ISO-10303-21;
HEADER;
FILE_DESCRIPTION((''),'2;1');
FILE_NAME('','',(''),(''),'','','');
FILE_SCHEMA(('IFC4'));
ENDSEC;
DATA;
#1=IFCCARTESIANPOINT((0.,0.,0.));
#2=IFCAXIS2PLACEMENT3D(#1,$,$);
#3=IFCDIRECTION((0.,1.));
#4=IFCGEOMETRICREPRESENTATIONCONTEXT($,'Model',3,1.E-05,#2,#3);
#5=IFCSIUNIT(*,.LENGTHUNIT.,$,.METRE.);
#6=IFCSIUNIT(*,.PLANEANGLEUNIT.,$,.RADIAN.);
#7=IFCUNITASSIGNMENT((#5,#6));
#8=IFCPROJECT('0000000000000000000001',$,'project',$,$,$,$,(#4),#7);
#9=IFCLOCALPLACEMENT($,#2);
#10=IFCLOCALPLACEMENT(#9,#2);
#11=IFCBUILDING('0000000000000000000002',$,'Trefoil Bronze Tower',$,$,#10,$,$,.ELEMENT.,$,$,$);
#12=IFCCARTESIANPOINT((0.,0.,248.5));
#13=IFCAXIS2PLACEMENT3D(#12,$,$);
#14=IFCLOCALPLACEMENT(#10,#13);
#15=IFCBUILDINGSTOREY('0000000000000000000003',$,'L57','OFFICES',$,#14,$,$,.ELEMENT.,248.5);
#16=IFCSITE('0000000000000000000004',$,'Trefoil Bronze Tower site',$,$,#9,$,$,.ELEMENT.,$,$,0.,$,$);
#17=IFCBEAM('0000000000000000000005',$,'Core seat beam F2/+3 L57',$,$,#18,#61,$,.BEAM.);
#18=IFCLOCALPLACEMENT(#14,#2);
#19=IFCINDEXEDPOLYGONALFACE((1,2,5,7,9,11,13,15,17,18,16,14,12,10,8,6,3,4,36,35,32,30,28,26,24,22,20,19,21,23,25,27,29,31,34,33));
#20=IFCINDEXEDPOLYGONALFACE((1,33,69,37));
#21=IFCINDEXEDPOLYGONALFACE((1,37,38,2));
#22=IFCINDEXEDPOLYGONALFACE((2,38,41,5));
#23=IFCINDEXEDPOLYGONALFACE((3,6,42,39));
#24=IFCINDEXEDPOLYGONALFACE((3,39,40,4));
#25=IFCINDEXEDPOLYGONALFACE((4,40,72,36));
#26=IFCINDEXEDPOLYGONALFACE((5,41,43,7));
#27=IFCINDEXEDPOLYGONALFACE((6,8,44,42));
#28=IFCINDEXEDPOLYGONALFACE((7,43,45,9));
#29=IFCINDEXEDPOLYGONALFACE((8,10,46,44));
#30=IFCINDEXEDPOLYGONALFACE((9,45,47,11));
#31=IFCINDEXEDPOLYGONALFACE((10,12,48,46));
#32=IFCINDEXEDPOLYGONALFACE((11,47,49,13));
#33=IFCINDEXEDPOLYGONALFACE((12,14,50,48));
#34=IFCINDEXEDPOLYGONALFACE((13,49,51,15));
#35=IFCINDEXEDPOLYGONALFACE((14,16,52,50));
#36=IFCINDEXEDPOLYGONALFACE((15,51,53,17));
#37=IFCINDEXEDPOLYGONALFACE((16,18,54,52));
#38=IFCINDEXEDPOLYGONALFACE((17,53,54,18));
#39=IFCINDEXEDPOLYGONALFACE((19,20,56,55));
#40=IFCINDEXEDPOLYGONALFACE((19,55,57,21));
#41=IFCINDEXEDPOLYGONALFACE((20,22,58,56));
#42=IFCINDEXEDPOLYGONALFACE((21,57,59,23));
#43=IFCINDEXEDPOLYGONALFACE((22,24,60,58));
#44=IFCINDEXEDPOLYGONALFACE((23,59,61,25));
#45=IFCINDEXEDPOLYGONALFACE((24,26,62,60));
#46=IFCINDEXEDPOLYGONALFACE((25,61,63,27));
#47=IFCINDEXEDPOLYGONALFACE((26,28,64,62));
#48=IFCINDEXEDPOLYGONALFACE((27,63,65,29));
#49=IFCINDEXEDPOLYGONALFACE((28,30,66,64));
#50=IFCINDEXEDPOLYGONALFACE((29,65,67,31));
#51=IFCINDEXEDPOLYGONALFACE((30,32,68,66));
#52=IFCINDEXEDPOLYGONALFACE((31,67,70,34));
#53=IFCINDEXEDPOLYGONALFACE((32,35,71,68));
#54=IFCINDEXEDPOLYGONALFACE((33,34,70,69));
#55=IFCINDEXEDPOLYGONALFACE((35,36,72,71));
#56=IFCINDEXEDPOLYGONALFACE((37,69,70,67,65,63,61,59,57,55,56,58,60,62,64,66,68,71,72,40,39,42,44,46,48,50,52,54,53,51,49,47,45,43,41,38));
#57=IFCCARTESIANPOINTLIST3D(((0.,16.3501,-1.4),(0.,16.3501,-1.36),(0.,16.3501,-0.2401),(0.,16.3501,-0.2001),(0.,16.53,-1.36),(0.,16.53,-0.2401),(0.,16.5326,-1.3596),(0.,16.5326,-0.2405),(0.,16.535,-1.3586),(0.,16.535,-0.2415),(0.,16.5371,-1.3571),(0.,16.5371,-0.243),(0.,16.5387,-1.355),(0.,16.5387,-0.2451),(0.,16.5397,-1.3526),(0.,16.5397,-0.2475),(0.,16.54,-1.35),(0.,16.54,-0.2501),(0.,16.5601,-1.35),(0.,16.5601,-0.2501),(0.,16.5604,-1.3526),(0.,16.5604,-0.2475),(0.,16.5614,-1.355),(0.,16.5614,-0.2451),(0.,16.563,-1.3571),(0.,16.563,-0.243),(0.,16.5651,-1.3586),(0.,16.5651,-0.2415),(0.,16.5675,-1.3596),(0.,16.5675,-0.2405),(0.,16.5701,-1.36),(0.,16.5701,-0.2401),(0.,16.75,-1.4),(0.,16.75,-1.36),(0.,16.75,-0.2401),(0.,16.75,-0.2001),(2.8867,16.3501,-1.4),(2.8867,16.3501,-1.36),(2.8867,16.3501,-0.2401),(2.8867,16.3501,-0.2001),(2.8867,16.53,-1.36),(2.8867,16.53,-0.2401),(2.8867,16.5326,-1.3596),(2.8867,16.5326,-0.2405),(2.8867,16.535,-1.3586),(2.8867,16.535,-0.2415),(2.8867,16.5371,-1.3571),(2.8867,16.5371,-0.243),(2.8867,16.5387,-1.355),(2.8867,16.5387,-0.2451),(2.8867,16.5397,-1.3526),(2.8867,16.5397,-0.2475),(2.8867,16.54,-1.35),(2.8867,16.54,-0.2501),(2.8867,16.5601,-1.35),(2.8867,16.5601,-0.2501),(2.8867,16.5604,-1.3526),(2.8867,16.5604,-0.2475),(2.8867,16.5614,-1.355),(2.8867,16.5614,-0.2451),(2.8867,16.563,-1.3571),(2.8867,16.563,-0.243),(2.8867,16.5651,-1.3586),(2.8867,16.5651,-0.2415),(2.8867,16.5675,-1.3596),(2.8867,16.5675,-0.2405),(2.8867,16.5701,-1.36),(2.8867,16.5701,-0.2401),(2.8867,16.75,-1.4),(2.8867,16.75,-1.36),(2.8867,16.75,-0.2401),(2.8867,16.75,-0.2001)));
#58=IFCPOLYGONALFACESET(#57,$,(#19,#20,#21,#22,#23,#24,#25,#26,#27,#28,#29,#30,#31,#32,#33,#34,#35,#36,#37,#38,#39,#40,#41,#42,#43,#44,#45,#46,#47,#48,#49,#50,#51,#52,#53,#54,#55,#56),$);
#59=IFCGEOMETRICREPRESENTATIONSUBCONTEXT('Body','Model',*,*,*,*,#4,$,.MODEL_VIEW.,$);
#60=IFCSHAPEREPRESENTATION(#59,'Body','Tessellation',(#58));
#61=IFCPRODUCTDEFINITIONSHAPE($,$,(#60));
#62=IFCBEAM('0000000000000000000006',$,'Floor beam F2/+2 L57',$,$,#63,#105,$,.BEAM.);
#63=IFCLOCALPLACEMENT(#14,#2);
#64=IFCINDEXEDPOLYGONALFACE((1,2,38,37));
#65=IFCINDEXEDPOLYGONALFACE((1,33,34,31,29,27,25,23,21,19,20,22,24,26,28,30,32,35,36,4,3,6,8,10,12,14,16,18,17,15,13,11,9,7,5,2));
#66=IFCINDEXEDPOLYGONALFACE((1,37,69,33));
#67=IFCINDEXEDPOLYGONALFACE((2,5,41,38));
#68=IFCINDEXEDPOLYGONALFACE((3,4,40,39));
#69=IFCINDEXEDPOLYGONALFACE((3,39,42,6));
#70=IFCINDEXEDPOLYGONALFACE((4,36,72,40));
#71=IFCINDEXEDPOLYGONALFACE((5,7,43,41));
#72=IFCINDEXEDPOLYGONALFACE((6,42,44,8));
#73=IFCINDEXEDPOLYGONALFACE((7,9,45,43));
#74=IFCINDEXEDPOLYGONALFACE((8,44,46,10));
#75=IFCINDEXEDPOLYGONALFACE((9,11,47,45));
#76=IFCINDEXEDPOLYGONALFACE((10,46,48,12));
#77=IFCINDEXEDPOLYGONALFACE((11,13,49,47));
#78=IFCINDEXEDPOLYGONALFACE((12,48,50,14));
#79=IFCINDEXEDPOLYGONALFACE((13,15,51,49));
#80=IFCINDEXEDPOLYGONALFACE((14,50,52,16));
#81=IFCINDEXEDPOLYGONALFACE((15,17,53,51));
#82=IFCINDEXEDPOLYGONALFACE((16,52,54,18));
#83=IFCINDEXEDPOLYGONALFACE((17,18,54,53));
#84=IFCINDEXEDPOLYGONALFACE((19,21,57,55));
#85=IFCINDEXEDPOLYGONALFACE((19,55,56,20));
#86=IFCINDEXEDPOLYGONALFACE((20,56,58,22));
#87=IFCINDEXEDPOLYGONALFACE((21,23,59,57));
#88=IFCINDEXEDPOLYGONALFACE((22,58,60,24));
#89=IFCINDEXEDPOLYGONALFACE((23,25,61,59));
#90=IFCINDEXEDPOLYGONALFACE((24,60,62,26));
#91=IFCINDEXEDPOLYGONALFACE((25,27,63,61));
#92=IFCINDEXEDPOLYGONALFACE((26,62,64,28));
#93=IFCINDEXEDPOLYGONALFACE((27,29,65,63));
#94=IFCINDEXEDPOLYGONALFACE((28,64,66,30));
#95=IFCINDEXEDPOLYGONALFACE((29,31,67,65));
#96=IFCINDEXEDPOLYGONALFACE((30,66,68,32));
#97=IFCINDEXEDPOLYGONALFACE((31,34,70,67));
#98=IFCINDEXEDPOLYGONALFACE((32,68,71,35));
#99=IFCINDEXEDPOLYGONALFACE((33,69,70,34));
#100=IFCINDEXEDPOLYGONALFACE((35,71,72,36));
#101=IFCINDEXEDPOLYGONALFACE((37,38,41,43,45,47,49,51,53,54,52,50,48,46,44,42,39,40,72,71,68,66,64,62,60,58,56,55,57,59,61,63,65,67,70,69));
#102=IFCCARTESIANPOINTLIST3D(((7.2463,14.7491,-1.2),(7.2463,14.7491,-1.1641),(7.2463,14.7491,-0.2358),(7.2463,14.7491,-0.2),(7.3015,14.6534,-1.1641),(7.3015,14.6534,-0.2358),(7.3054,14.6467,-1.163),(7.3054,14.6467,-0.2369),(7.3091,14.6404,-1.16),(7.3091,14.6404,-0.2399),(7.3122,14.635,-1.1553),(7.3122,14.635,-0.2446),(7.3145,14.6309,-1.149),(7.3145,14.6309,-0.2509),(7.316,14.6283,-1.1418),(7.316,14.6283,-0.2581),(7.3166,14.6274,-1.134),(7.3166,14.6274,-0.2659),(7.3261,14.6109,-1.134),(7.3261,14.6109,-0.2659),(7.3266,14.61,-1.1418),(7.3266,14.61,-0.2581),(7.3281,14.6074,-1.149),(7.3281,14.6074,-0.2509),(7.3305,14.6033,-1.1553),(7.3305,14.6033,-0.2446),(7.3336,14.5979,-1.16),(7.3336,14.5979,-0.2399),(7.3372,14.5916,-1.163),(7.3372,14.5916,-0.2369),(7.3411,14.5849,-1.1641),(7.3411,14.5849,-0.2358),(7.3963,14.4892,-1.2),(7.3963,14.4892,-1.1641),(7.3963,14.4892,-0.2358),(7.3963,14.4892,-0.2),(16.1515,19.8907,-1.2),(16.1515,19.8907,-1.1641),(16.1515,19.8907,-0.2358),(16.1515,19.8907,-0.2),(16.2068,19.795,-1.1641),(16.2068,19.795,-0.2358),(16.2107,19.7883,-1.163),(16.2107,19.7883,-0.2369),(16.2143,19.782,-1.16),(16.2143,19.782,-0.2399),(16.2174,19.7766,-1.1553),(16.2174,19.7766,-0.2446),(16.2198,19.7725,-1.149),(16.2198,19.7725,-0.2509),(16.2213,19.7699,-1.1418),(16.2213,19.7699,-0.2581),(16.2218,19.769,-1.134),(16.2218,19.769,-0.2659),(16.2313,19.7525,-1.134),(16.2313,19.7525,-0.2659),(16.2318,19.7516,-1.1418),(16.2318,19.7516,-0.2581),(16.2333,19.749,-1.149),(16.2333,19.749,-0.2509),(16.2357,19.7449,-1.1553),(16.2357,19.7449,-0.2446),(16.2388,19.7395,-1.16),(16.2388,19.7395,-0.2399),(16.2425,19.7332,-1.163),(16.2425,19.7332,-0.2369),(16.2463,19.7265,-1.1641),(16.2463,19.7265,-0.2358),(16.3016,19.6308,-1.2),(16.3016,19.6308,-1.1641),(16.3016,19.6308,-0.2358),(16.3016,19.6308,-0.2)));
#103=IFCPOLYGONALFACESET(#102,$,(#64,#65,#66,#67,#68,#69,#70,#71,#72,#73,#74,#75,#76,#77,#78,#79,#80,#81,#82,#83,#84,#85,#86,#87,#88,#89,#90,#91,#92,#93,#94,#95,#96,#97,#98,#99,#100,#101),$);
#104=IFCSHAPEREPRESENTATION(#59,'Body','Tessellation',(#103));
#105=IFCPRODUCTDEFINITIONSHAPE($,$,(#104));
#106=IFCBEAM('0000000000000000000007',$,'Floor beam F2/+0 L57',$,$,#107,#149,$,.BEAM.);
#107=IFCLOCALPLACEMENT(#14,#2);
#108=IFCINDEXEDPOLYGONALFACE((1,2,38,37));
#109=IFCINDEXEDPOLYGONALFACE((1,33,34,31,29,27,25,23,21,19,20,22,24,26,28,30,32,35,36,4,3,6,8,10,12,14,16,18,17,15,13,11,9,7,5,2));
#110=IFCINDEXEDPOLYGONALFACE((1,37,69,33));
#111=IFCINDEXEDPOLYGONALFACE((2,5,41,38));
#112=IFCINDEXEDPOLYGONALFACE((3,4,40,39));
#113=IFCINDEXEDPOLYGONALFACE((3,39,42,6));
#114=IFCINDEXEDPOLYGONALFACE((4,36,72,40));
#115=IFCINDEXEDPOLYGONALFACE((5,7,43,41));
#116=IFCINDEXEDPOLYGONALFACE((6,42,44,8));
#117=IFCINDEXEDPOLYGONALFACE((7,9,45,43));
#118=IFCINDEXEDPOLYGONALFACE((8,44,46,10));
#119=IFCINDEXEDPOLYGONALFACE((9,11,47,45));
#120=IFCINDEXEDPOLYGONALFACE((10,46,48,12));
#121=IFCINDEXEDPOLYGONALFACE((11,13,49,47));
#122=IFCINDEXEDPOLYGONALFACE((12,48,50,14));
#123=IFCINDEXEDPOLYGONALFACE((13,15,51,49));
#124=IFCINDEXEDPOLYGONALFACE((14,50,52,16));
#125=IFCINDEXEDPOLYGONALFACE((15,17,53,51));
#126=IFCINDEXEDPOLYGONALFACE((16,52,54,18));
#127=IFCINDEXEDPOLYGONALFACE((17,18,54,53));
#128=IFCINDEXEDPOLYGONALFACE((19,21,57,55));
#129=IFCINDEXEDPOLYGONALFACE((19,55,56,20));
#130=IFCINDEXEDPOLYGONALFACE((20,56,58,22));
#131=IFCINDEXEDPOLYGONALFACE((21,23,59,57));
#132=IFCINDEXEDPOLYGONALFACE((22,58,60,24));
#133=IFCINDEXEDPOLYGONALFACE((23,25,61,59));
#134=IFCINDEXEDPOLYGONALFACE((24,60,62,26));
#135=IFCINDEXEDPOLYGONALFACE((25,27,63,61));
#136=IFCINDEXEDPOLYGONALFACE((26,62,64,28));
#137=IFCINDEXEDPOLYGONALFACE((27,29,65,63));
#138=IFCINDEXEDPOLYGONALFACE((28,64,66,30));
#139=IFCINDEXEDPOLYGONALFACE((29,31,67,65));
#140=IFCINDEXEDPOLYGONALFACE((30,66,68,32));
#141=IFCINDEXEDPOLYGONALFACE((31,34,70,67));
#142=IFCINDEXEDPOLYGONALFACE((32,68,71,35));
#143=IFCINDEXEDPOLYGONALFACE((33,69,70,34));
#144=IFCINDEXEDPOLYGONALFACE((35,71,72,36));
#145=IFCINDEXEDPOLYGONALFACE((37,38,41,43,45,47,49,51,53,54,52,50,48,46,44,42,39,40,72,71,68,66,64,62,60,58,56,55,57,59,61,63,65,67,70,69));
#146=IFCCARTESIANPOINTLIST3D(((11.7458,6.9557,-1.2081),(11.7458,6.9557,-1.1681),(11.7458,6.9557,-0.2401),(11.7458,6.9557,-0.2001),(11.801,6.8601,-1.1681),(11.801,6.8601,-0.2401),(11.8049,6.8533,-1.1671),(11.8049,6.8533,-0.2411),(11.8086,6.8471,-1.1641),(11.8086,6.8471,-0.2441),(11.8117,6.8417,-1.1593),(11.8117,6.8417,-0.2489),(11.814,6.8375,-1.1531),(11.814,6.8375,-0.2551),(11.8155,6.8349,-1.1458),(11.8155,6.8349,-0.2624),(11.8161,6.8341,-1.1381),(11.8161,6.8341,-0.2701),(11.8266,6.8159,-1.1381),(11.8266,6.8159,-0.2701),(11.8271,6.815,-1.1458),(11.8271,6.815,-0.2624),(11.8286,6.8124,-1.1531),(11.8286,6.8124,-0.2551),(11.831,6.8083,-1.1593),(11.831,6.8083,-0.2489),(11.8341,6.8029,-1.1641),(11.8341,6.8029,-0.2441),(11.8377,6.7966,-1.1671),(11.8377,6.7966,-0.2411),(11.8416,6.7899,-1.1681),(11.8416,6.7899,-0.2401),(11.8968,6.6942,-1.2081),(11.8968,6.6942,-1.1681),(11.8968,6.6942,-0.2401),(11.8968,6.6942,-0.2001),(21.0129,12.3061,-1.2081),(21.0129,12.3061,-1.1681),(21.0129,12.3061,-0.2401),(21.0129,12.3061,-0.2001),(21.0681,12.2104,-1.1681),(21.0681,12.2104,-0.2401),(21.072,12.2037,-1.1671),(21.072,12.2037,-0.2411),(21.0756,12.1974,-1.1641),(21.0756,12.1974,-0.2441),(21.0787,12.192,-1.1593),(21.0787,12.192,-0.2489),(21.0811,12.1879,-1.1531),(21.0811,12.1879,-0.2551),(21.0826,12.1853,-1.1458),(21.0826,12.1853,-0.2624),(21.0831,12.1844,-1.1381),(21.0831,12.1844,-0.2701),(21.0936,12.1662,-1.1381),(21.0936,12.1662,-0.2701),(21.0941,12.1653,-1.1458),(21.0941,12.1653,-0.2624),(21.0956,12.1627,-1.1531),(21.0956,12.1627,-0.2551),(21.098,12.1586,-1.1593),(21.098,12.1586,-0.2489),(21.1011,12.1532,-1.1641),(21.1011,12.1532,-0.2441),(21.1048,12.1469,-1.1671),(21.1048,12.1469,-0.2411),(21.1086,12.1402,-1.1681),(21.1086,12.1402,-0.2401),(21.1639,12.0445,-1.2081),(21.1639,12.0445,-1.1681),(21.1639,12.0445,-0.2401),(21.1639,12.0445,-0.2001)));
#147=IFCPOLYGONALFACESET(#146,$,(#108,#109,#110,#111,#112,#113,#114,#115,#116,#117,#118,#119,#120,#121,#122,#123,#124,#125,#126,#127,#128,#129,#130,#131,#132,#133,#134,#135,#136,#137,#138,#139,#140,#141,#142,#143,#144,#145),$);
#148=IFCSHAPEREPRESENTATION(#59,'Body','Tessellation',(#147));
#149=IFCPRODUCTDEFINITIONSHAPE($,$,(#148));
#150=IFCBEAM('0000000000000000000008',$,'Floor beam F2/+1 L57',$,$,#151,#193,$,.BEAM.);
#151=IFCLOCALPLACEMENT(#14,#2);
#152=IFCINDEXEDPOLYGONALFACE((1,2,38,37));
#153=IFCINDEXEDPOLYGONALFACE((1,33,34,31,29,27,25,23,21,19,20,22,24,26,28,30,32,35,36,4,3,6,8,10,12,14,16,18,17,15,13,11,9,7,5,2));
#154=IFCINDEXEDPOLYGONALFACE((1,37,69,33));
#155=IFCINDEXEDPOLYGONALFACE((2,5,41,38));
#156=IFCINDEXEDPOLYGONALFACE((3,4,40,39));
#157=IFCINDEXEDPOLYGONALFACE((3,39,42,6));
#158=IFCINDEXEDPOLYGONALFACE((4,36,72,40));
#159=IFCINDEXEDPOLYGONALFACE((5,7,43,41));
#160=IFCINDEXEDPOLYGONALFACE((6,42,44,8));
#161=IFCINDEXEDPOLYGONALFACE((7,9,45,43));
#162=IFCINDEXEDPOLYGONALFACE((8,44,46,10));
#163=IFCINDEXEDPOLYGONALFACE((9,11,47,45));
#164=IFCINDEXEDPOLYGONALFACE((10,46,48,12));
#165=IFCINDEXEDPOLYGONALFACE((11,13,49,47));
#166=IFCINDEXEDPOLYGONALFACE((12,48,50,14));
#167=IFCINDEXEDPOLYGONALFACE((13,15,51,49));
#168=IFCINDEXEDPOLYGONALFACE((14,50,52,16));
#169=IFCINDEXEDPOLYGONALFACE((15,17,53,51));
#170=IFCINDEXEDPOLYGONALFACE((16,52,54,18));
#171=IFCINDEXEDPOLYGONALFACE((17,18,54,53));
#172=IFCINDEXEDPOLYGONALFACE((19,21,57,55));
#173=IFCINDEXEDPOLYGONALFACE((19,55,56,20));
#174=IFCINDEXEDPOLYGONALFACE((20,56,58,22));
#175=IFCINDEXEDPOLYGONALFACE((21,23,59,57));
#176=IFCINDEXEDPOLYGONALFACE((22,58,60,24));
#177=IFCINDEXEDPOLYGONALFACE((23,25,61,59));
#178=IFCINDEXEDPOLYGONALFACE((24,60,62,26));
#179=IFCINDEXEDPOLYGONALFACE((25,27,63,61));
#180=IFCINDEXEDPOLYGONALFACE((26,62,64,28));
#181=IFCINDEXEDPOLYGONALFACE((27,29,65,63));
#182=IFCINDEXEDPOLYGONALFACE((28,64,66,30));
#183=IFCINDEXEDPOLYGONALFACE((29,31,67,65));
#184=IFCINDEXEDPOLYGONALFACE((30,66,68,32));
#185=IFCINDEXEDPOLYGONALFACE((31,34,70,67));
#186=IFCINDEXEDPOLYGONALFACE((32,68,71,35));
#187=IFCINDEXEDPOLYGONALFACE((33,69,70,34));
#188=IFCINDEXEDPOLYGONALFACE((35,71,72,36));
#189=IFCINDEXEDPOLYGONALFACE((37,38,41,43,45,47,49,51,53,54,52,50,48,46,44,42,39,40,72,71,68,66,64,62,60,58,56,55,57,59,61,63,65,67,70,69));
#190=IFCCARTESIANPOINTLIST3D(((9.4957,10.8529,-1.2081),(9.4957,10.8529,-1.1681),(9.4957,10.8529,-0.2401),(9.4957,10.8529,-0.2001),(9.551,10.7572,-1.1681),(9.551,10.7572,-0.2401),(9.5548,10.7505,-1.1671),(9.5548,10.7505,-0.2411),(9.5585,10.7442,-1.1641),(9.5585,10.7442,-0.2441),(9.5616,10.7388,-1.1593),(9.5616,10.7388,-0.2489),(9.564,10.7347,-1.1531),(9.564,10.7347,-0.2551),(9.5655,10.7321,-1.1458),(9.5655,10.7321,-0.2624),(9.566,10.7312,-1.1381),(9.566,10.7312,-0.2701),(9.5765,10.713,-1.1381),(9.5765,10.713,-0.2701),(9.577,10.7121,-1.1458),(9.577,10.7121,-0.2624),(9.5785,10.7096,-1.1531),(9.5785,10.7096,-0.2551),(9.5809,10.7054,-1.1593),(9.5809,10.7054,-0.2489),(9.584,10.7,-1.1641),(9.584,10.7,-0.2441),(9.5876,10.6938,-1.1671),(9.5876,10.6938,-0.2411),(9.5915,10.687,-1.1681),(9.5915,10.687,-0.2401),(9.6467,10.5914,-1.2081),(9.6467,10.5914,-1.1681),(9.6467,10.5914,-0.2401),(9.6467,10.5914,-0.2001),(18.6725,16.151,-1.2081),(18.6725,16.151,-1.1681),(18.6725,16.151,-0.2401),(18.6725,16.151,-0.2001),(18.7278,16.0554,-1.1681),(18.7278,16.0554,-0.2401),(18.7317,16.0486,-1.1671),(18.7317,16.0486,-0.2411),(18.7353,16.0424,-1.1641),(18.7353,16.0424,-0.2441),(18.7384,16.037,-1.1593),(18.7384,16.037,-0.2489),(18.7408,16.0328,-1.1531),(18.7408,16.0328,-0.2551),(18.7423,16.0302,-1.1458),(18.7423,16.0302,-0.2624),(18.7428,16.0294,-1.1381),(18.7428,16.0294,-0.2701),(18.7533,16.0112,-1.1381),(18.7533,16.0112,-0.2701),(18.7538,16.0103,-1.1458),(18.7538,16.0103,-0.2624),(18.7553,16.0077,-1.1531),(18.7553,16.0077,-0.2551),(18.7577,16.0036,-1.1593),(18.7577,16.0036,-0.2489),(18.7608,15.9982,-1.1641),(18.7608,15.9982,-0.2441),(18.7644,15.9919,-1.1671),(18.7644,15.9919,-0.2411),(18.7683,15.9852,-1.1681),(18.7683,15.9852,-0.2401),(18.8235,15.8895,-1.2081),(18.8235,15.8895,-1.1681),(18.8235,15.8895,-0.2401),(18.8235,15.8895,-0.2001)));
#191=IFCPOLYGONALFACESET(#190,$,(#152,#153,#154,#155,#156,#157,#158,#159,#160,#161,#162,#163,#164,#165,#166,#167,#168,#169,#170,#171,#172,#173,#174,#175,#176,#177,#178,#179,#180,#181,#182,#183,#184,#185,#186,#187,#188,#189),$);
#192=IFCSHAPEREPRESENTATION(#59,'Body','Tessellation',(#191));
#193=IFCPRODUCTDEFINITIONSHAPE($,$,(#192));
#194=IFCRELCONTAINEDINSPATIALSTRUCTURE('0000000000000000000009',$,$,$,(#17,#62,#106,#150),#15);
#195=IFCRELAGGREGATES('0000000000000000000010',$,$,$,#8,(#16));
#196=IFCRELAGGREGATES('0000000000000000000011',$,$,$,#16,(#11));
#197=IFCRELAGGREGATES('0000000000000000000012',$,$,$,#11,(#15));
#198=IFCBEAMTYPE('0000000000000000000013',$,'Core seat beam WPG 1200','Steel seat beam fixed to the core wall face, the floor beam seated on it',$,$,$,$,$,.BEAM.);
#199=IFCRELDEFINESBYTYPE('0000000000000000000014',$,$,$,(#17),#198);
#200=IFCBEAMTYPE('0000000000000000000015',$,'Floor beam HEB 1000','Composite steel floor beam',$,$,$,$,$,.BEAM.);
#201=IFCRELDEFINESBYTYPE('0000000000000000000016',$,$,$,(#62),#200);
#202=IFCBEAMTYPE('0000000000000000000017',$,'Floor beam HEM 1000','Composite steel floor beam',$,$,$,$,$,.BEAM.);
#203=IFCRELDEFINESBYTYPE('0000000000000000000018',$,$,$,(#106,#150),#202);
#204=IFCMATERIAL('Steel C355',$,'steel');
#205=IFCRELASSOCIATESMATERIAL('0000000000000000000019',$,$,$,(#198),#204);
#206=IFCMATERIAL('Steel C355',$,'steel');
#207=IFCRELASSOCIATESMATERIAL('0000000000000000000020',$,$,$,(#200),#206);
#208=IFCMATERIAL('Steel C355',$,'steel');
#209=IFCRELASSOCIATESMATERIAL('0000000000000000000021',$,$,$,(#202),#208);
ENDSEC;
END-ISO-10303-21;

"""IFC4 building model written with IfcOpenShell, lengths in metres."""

from ifc_helpers import new_model, si_unit, direction, frame, origin, origin_2d, place, context, subcontext, project, spatial, i_section, extrude, material, material_profile, profile_set, type_object, element, save


model = new_model("IFC4")

# Units and contexts
model_context = context("Model", 3, precision=1e-05, world=origin(), true_north=direction((0.0, 1.0)))
body_context = subcontext(model_context, "Body", "Model", "MODEL_VIEW")
ifc_project = project(units=[si_unit("LENGTHUNIT", "METRE"), si_unit("PLANEANGLEUNIT", "RADIAN")], contexts=[model_context])

# Site, building, storey
site_placement = place(None, origin())
site = spatial("IfcSite", under=ifc_project, at=site_placement, Name="Trefoil Bronze Tower site", CompositionType="ELEMENT", RefElevation=0.0)
building_placement = place(site_placement, origin())
building = spatial("IfcBuilding", under=site, at=building_placement, Name="Trefoil Bronze Tower", CompositionType="ELEMENT")
storey_placement = place(building_placement, frame((0.0, 0.0, 248.5)))
storey = spatial("IfcBuildingStorey", under=building, at=storey_placement, Name="L57", Description="OFFICES", CompositionType="ELEMENT", Elevation=248.5)

# Beams
ifc_material_1 = material(Name="Steel C355", Category="steel")
ifc_material_profile_1 = material_profile(ifc_material_1, i_section(OverallWidth=0.3999, OverallDepth=1.2, WebThickness=0.02, FlangeThickness=0.04, FilletRadius=0.01, at=origin_2d()), Name="WPG 1200")
ifc_profile_set_1 = profile_set([ifc_material_profile_1], Name="Steel C355")
beam_type_1 = type_object("IfcBeamType", Name="Core seat beam WPG 1200", Description="Steel seat beam fixed to the core wall face, the floor beam seated on it", PredefinedType="BEAM", material=ifc_profile_set_1)
beam_1_placement = place(storey_placement, frame((2.8867, 16.55, -0.8), z_axis=(-1.0, 0.0, 0.0), x_axis=(0.0, -1.0, 0.0)))
element("IfcBeam", 1, at=beam_1_placement, inside=storey, type_object=beam_type_1, Name="Core seat beam F2/+3 L57", PredefinedType="BEAM", context=body_context, shape_type="SweptSolid", body=[
    extrude(i_section(OverallWidth=0.3999, OverallDepth=1.2, WebThickness=0.02, FlangeThickness=0.04, FilletRadius=0.01, at=origin_2d()), origin(), (0.0, 0.0, 1.0), 2.8867),
])
ifc_material_2 = material(Name="Steel C355", Category="steel")
ifc_material_profile_2 = material_profile(ifc_material_2, i_section(OverallWidth=0.3, OverallDepth=1.0, WebThickness=0.019, FlangeThickness=0.0359, FilletRadius=0.03, at=origin_2d()), Name="HEB 1000")
ifc_profile_set_2 = profile_set([ifc_material_profile_2], Name="Steel C355")
beam_type_2 = type_object("IfcBeamType", Name="Floor beam HEB 1000", Description="Composite steel floor beam", PredefinedType="BEAM", material=ifc_profile_set_2)
beam_2_placement = place(storey_placement, frame((16.2266, 19.7607, -0.7), z_axis=(-0.86602, -0.50001, 0.0), x_axis=(0.50001, -0.86602, 0.0)))
element("IfcBeam", 2, at=beam_2_placement, inside=storey, type_object=beam_type_2, Name="Floor beam F2/+2 L57", PredefinedType="BEAM", context=body_context, shape_type="SweptSolid", body=[
    extrude(i_section(OverallWidth=0.3, OverallDepth=1.0, WebThickness=0.019, FlangeThickness=0.0359, FilletRadius=0.03, at=origin_2d()), origin(), (0.0, 0.0, 1.0), 10.283),
])
ifc_material_3 = material(Name="Steel C355", Category="steel")
ifc_material_profile_3 = material_profile(ifc_material_3, i_section(OverallWidth=0.302, OverallDepth=1.0081, WebThickness=0.021, FlangeThickness=0.04, FilletRadius=0.03, at=origin_2d()), Name="HEM 1000")
ifc_profile_set_3 = profile_set([ifc_material_profile_3], Name="Steel C355")
beam_type_3 = type_object("IfcBeamType", Name="Floor beam HEM 1000", Description="Composite steel floor beam", PredefinedType="BEAM", material=ifc_profile_set_3)
beam_3_placement = place(storey_placement, frame((21.0884, 12.1753, -0.7041), z_axis=(-0.866026, -0.499999, 0.0), x_axis=(0.499999, -0.866026, 0.0)))
element("IfcBeam", 3, at=beam_3_placement, inside=storey, type_object=beam_type_3, Name="Floor beam F2/+0 L57", PredefinedType="BEAM", context=body_context, shape_type="SweptSolid", body=[
    extrude(i_section(OverallWidth=0.302, OverallDepth=1.0081, WebThickness=0.021, FlangeThickness=0.04, FilletRadius=0.03, at=origin_2d()), origin(), (0.0, 0.0, 1.0), 10.7007),
])
beam_4_placement = place(storey_placement, frame((18.748, 16.0203, -0.7041), z_axis=(-0.86603, -0.499992, 0.0), x_axis=(0.499992, -0.86603, 0.0)))
element("IfcBeam", 4, at=beam_4_placement, inside=storey, type_object=beam_type_3, Name="Floor beam F2/+1 L57", PredefinedType="BEAM", context=body_context, shape_type="SweptSolid", body=[
    extrude(i_section(OverallWidth=0.302, OverallDepth=1.0081, WebThickness=0.021, FlangeThickness=0.04, FilletRadius=0.03, at=origin_2d()), origin(), (0.0, 0.0, 1.0), 10.5964),
])

save(model, "model.ifc")
